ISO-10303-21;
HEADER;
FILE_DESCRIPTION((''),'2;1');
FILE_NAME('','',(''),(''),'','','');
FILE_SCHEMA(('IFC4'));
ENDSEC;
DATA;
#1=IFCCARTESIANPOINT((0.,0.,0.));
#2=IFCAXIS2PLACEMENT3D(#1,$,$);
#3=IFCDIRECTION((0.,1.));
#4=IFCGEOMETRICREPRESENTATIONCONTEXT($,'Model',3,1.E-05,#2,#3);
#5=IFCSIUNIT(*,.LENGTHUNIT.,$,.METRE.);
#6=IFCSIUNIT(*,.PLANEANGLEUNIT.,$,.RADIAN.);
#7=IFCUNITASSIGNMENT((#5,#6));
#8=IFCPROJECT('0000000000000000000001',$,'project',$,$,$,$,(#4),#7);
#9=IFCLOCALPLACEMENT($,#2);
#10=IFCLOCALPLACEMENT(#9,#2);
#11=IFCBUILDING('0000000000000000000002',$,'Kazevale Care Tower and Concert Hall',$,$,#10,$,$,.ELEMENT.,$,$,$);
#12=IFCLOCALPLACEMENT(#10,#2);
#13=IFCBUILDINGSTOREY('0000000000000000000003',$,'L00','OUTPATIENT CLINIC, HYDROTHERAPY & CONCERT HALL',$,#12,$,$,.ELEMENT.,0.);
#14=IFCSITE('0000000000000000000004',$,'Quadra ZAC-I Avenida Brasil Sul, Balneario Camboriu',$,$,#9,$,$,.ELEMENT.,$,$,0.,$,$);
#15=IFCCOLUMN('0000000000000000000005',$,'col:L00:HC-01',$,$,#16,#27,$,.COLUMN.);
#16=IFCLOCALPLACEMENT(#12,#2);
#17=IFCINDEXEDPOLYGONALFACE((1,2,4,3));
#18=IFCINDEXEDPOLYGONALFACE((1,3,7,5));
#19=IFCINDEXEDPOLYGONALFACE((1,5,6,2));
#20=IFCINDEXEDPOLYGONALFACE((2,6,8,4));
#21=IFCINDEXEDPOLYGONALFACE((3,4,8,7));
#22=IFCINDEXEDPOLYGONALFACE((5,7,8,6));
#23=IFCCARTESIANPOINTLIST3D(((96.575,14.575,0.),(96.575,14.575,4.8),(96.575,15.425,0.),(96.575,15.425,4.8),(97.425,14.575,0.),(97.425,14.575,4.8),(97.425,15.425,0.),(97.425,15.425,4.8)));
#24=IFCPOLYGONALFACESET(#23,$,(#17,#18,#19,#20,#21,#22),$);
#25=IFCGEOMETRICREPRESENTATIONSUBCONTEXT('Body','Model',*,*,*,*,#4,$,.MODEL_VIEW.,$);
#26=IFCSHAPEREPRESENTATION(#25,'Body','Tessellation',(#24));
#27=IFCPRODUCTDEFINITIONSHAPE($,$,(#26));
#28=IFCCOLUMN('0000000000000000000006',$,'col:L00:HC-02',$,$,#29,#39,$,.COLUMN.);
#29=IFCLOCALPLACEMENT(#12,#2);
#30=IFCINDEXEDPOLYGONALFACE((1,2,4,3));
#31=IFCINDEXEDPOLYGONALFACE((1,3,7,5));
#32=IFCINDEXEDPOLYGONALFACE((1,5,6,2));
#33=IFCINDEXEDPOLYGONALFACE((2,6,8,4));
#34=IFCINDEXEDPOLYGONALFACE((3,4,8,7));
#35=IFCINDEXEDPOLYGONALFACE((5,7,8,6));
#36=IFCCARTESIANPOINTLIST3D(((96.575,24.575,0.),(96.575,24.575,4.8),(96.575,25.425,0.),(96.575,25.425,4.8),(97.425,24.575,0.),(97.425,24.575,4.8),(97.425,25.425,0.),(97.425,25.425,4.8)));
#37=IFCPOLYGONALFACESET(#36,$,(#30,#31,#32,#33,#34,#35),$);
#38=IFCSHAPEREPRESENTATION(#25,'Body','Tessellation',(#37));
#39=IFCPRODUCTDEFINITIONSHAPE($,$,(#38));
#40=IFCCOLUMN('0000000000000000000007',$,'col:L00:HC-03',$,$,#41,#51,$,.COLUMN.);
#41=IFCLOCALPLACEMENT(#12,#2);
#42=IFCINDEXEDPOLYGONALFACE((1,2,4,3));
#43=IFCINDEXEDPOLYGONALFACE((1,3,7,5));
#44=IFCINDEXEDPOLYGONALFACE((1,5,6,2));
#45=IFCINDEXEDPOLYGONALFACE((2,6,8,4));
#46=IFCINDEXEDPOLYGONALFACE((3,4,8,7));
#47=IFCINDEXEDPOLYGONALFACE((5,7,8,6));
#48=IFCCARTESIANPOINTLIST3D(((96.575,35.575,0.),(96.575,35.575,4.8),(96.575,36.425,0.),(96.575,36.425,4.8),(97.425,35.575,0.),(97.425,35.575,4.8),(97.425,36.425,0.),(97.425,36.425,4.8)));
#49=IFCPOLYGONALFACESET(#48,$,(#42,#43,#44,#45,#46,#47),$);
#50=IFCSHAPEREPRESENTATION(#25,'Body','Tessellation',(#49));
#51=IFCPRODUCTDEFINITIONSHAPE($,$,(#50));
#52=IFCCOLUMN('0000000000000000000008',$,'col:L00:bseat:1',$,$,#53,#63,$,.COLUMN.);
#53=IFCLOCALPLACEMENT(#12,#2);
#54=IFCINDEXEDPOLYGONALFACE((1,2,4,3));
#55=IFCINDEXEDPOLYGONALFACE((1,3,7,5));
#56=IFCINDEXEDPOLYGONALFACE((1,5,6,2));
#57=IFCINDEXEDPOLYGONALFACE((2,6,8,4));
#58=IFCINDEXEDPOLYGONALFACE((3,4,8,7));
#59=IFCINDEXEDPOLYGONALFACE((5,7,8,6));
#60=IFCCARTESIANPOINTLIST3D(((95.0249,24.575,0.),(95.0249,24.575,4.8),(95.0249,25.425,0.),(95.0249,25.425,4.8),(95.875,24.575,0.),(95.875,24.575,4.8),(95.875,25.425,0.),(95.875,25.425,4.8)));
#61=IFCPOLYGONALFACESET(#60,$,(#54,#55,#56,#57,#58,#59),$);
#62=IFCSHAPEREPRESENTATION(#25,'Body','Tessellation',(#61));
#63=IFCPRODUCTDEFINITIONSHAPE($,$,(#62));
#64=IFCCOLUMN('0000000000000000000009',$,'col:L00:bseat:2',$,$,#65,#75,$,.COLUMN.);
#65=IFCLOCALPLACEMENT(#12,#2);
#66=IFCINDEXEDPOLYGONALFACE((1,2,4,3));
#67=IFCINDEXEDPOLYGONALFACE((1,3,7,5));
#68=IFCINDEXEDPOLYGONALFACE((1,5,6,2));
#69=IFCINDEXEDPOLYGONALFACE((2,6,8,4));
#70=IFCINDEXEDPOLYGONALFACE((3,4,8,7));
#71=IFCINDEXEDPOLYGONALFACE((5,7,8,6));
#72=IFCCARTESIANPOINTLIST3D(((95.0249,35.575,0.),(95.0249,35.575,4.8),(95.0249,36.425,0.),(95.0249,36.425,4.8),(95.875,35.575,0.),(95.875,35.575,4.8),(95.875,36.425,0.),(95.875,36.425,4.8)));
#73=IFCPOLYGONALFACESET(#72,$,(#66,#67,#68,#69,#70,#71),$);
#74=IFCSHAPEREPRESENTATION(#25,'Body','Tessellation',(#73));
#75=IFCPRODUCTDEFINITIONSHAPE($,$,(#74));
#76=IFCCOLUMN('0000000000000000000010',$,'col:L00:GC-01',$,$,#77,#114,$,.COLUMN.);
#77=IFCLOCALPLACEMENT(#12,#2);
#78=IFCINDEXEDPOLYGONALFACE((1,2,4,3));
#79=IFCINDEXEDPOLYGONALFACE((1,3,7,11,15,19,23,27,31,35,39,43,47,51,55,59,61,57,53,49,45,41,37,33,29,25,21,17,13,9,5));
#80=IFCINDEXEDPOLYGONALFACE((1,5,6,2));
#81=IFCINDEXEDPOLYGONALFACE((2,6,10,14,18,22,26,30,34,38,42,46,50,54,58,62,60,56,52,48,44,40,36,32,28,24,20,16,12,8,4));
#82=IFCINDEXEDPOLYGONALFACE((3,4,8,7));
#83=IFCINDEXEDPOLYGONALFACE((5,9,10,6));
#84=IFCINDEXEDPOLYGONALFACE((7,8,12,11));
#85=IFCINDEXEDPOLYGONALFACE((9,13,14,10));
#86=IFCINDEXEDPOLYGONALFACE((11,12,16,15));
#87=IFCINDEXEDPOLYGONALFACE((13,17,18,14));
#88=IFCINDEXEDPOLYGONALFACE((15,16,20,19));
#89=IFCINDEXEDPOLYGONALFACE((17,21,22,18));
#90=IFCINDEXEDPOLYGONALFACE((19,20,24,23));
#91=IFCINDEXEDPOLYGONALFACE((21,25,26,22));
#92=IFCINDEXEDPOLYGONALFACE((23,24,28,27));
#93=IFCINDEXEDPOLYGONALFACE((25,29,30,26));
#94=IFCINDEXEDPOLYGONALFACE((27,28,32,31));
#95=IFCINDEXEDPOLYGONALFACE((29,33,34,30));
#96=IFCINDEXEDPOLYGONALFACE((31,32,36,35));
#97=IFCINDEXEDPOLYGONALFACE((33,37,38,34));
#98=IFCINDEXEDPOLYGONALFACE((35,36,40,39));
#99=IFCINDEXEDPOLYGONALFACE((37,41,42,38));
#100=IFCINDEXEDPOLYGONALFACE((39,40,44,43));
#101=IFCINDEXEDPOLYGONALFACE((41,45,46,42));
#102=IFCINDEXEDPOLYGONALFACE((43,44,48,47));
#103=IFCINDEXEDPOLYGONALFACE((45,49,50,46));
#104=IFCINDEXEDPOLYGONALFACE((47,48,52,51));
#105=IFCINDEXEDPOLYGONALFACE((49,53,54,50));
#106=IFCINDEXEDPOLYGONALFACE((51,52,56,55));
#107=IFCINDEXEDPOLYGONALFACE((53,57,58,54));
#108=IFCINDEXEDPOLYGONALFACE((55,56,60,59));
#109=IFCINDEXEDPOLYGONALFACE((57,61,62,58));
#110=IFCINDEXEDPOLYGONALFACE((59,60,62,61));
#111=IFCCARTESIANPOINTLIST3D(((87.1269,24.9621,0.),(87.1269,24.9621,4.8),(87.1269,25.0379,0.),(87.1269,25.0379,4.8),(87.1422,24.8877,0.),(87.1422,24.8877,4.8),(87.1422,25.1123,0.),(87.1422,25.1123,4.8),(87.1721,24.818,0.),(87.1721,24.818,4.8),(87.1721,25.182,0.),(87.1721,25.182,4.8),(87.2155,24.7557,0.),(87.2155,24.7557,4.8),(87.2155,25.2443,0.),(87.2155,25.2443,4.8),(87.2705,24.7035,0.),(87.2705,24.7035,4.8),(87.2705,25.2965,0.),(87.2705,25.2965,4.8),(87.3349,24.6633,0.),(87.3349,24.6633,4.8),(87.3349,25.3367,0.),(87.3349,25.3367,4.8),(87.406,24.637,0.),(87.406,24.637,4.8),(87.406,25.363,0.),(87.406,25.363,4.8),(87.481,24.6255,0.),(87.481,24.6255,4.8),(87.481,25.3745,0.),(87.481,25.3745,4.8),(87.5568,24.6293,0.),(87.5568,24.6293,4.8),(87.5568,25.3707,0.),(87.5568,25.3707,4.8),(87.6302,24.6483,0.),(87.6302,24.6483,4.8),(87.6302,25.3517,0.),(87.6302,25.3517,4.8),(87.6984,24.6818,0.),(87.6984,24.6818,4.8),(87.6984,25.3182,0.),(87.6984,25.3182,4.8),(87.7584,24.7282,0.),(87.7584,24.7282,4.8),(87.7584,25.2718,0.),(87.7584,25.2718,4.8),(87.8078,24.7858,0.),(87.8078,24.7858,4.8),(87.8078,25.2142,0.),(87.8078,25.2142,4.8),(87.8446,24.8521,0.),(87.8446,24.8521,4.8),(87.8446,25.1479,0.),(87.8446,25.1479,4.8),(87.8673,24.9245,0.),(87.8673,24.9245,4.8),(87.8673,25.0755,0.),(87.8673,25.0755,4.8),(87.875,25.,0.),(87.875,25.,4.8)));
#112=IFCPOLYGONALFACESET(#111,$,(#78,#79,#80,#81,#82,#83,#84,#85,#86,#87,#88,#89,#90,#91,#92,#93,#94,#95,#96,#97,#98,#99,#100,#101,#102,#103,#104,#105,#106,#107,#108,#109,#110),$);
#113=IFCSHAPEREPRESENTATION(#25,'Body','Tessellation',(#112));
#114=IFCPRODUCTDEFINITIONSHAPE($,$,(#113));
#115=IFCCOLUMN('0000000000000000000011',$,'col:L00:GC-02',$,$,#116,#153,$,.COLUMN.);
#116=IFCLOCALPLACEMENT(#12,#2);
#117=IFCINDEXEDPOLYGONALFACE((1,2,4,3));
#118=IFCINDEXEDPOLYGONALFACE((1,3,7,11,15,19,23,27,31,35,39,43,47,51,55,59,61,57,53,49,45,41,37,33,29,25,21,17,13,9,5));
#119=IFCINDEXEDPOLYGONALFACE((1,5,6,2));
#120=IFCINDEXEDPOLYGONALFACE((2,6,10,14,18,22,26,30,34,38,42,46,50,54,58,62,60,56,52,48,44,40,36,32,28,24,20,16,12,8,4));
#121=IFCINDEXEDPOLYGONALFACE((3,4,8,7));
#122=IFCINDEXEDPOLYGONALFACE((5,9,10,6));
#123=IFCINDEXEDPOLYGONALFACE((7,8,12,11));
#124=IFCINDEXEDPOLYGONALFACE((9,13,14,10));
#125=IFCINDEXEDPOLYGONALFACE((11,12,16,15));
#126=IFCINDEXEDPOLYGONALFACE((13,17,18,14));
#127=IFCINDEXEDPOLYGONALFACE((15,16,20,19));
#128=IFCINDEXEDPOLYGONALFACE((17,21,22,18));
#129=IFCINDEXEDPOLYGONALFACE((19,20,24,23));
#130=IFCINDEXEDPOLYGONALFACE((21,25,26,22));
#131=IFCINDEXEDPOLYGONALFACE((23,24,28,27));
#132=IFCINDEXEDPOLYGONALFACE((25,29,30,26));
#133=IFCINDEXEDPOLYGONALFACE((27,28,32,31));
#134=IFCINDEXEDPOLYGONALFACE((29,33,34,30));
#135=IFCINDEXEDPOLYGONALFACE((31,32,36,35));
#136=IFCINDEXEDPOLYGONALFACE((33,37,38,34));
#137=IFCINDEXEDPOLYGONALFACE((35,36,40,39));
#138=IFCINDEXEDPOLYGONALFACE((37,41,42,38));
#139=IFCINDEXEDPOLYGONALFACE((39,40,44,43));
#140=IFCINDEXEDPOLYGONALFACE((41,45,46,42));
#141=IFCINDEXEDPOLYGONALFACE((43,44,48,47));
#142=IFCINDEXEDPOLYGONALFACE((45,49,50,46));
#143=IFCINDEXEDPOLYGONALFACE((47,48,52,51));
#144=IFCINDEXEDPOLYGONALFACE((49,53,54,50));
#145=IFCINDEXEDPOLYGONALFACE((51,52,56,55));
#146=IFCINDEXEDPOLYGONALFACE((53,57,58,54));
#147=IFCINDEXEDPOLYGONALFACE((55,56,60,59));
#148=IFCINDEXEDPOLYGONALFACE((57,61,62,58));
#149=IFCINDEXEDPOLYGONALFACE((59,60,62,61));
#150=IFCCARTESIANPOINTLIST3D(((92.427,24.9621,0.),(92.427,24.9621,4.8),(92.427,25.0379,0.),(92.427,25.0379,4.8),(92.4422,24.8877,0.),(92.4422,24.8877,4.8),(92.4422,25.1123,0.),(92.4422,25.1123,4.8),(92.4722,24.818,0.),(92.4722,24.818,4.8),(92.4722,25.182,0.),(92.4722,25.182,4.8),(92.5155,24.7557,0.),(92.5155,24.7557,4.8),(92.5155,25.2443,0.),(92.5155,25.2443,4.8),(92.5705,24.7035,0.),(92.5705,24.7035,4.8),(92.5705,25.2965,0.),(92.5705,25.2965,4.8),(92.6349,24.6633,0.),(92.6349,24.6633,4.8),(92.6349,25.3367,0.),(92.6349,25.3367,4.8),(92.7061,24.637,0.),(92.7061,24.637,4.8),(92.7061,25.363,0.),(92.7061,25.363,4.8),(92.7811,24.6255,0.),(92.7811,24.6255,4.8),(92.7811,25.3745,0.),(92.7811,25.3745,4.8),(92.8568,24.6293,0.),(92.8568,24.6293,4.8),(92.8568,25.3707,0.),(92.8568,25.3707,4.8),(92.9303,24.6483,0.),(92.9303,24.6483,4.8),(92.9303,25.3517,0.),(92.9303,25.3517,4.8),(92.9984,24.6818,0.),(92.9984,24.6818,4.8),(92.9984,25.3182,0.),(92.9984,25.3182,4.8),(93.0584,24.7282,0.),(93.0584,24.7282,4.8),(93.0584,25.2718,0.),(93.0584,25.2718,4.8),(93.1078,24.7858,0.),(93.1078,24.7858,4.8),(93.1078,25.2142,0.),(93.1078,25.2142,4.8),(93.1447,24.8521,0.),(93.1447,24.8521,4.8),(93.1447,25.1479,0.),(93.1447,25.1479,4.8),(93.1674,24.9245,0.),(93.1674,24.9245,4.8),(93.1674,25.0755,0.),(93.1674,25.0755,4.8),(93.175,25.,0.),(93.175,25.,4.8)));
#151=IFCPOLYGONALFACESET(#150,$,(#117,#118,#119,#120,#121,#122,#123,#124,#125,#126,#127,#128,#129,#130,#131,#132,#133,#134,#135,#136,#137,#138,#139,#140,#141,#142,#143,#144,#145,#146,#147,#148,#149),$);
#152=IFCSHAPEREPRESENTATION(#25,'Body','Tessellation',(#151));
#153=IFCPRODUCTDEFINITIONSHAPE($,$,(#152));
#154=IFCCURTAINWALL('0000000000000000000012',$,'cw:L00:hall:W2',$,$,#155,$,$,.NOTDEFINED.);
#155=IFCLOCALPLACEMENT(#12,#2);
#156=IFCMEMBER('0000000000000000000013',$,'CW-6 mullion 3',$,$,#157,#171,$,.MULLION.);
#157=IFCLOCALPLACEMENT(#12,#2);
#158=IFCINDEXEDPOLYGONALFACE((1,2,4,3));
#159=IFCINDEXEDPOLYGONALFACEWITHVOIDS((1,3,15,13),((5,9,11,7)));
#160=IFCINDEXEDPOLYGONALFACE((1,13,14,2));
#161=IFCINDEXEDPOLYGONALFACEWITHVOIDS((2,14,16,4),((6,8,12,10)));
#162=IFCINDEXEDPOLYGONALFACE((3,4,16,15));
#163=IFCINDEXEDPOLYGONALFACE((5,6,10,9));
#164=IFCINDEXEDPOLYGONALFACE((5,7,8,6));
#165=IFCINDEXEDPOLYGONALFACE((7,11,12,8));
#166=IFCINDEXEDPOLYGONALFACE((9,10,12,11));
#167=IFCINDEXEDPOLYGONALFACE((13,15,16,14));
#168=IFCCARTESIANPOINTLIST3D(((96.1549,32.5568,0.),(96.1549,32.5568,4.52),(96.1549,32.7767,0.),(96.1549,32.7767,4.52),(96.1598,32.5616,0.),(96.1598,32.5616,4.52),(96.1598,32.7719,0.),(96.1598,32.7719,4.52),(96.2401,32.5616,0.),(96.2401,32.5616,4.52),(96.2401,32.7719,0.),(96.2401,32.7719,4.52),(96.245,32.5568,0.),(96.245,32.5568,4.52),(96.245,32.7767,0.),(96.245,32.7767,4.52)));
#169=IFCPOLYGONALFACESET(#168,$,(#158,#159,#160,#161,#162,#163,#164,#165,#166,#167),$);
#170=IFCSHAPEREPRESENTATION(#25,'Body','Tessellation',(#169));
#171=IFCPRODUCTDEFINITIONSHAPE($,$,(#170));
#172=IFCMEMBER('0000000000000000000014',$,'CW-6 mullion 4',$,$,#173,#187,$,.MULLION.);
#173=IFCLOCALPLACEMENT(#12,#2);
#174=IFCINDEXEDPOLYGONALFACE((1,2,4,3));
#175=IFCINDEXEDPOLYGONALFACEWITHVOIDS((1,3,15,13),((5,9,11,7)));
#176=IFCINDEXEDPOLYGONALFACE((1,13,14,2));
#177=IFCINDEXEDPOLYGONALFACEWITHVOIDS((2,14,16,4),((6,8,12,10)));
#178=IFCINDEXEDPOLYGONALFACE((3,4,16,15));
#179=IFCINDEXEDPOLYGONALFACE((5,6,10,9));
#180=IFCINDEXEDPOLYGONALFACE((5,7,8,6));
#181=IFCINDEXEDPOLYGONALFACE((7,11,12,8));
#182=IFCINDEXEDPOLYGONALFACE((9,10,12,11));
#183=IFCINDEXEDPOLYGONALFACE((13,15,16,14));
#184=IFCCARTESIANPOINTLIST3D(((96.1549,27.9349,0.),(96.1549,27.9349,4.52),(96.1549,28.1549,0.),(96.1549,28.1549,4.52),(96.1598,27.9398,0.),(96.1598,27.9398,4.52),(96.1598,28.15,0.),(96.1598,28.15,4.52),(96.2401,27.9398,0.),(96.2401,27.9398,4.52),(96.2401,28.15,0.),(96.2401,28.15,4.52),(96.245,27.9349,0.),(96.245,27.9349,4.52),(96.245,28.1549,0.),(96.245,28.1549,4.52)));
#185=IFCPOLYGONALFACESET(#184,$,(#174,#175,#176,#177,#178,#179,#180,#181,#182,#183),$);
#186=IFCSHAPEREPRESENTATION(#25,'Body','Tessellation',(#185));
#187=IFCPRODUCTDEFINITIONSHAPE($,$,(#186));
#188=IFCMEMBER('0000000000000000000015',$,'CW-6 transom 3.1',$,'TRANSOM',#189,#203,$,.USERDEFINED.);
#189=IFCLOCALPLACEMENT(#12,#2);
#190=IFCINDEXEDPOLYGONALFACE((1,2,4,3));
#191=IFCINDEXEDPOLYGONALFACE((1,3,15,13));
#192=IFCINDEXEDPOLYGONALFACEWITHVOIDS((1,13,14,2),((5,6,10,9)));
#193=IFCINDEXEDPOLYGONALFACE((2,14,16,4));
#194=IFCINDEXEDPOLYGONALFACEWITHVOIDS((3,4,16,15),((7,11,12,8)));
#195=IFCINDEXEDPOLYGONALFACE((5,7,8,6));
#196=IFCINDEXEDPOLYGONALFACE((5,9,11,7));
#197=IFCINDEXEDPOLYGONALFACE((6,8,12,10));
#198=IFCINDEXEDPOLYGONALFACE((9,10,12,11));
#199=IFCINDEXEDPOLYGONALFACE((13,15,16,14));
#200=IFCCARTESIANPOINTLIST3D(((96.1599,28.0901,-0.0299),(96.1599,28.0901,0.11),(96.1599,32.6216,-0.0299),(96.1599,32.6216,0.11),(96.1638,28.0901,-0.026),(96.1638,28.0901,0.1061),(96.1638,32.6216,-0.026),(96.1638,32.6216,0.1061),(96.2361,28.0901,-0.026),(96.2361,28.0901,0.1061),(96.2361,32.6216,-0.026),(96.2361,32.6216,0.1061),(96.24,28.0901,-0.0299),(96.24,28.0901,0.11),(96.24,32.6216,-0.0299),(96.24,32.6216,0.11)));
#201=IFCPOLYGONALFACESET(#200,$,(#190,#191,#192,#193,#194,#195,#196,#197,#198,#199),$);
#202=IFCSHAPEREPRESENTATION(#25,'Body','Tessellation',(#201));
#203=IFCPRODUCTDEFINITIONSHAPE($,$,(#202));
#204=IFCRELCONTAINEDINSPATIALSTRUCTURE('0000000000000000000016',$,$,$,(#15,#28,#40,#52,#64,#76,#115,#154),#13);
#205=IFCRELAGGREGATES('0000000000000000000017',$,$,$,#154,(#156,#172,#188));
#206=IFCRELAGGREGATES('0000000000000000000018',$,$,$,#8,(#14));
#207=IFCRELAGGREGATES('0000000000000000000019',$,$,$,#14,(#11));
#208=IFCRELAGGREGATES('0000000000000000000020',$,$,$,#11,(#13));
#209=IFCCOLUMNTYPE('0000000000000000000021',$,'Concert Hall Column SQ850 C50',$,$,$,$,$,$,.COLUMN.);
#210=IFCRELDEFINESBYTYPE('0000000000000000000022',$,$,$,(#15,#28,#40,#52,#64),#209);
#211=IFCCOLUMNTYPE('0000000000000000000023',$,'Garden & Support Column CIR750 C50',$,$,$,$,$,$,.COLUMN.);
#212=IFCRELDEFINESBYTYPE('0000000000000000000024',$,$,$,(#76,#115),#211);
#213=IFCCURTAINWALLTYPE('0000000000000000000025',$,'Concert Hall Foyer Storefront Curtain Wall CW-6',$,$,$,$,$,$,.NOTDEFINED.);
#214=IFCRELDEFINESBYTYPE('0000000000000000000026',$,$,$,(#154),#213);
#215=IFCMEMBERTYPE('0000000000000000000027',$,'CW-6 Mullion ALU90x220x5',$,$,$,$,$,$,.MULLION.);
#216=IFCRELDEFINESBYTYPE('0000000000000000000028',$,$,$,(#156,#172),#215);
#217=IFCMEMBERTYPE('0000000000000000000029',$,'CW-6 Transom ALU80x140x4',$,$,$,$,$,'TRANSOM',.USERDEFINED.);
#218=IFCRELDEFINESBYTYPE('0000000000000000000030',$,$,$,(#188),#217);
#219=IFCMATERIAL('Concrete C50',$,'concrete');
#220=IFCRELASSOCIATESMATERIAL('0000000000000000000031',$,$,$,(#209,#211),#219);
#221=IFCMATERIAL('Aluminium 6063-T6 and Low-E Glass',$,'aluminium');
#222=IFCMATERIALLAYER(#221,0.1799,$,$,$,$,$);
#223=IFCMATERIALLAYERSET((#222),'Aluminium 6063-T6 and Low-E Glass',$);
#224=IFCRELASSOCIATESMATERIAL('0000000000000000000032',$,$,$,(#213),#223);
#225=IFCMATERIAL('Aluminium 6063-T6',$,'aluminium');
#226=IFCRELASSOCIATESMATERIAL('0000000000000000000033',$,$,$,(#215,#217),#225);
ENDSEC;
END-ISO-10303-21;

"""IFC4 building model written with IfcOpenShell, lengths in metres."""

from ifc_helpers import new_model, si_unit, direction, frame, origin, origin_2d, place, context, subcontext, project, spatial, rectangle, hollow_rectangle, circle, extrude, material, layer, layer_set, material_profile, profile_set, type_object, element, aggregate, save


model = new_model("IFC4")

# Units and contexts
model_context = context("Model", 3, precision=1e-05, world=origin(), true_north=direction((0.0, 1.0)))
body_context = subcontext(model_context, "Body", "Model", "MODEL_VIEW")
ifc_project = project(units=[si_unit("LENGTHUNIT", "METRE"), si_unit("PLANEANGLEUNIT", "RADIAN")], contexts=[model_context])

# Site, building, storey
site_placement = place(None, origin())
site = spatial("IfcSite", under=ifc_project, at=site_placement, Name="Quadra ZAC-I Avenida Brasil Sul, Balneario Camboriu", CompositionType="ELEMENT", RefElevation=0.0)
building_placement = place(site_placement, origin())
building = spatial("IfcBuilding", under=site, at=building_placement, Name="Kazevale Care Tower and Concert Hall", CompositionType="ELEMENT")
storey_placement = place(building_placement, origin())
storey = spatial("IfcBuildingStorey", under=building, at=storey_placement, Name="L00", Description="OUTPATIENT CLINIC, HYDROTHERAPY & CONCERT HALL", CompositionType="ELEMENT", Elevation=0.0)

# Columns
ifc_material_1 = material(Name="Concrete C50", Category="concrete")
ifc_material_profile_1 = material_profile(ifc_material_1, rectangle(XDim=0.8501, YDim=0.8501, at=origin_2d()), Name="RC-SQ850")
ifc_profile_set_1 = profile_set([ifc_material_profile_1], Name="Concrete C50")
column_type_1 = type_object("IfcColumnType", Name="Concert Hall Column SQ850 C50", PredefinedType="COLUMN", material=ifc_profile_set_1)
for number, where, z_axis, x_axis, name in (
    (1, (97.0, 15.0, 0.0), (0.0, 0.0, 1.0), (1.0, 0.0, 0.0), "col:L00:HC-01"),
    (2, (97.0, 25.0, 0.0), (0.0, 0.0, 1.0), (1.0, 0.0, 0.0), "col:L00:HC-02"),
    (3, (97.0, 36.0, 0.0), (0.0, 0.0, 1.0), (1.0, 0.0, 0.0), "col:L00:HC-03"),
    (4, (95.45, 25.0, 0.0), (0.0, 0.0, 1.0), (1.0, 0.0, 0.0), "col:L00:bseat:1"),
    (5, (95.45, 36.0, 0.0), (0.0, 0.0, 1.0), (1.0, 0.0, 0.0), "col:L00:bseat:2"),
):
    element("IfcColumn", number, at=place(storey_placement, frame(where, z_axis=z_axis, x_axis=x_axis)), inside=storey, type_object=column_type_1, Name=name, PredefinedType="COLUMN", context=body_context, shape_type="SweptSolid", body=[
        extrude(rectangle(XDim=0.8501, YDim=0.8501, at=origin_2d()), origin(), (0.0, 0.0, 1.0), 4.8),
    ])
ifc_material_profile_2 = material_profile(ifc_material_1, circle(Radius=0.375, at=origin_2d()), Name="RC-CIR750")
ifc_profile_set_2 = profile_set([ifc_material_profile_2], Name="Concrete C50")
column_type_2 = type_object("IfcColumnType", Name="Garden & Support Column CIR750 C50", PredefinedType="COLUMN", material=ifc_profile_set_2)
for number, where, z_axis, x_axis, name in (
    (6, (87.5, 25.0, 0.0), (0.0, 0.0, 1.0), (1.0, 0.0, 0.0), "col:L00:GC-01"),
    (7, (92.8, 25.0, 0.0), (0.0, 0.0, 1.0), (1.0, 0.0, 0.0), "col:L00:GC-02"),
):
    element("IfcColumn", number, at=place(storey_placement, frame(where, z_axis=z_axis, x_axis=x_axis)), inside=storey, type_object=column_type_2, Name=name, PredefinedType="COLUMN", context=body_context, shape_type="SweptSolid", body=[
        extrude(circle(Radius=0.375, at=origin_2d()), origin(), (0.0, 0.0, 1.0), 4.8),
    ])

# Curtain wall, members
ifc_material_2 = material(Name="Aluminium 6063-T6 and Low-E Glass", Category="aluminium")
ifc_layer_1 = layer(ifc_material_2, 0.1799)
ifc_layer_set_1 = layer_set([ifc_layer_1], Name="Aluminium 6063-T6 and Low-E Glass")
curtain_wall_type = type_object("IfcCurtainWallType", Name="Concert Hall Foyer Storefront Curtain Wall CW-6", PredefinedType="NOTDEFINED", material=ifc_layer_set_1)
curtain_wall_placement = place(storey_placement, origin())
curtain_wall = element("IfcCurtainWall", 8, at=curtain_wall_placement, inside=storey, type_object=curtain_wall_type, Name="cw:L00:hall:W2", PredefinedType="NOTDEFINED")
ifc_material_3 = material(Name="Aluminium 6063-T6", Category="aluminium")
ifc_material_profile_3 = material_profile(ifc_material_3, hollow_rectangle(XDim=0.0901, YDim=0.22, WallThickness=0.0049, at=origin_2d()), Name="ALU90x220x5")
ifc_profile_set_3 = profile_set([ifc_material_profile_3], Name="Aluminium 6063-T6")
member_type_1 = type_object("IfcMemberType", Name="CW-6 Mullion ALU90x220x5", PredefinedType="MULLION", material=ifc_profile_set_3)
member_1_placement = place(storey_placement, frame((96.2, 32.6667, 0.0), z_axis=(0.0, 0.0, 1.0), x_axis=(1.0, 0.0, 0.0)))
member_1 = element("IfcMember", 9, at=member_1_placement, type_object=member_type_1, Name="CW-6 mullion 3", PredefinedType="MULLION", context=body_context, shape_type="SweptSolid", body=[
    extrude(hollow_rectangle(XDim=0.0901, YDim=0.22, WallThickness=0.0049, at=origin_2d()), origin(), (0.0, 0.0, 1.0), 4.52),
])
member_2_placement = place(storey_placement, frame((96.2, 28.0449, 0.0), z_axis=(0.0, 0.0, 1.0), x_axis=(1.0, 0.0, 0.0)))
member_2 = element("IfcMember", 10, at=member_2_placement, type_object=member_type_1, Name="CW-6 mullion 4", PredefinedType="MULLION", context=body_context, shape_type="SweptSolid", body=[
    extrude(hollow_rectangle(XDim=0.0901, YDim=0.22, WallThickness=0.0049, at=origin_2d()), origin(), (0.0, 0.0, 1.0), 4.52),
])
ifc_material_profile_4 = material_profile(ifc_material_3, hollow_rectangle(XDim=0.0801, YDim=0.1399, WallThickness=0.0039, at=origin_2d()), Name="ALU80x140x4")
ifc_profile_set_4 = profile_set([ifc_material_profile_4], Name="Aluminium 6063-T6")
member_type_2 = type_object("IfcMemberType", Name="CW-6 Transom ALU80x140x4", ElementType="TRANSOM", PredefinedType="USERDEFINED", material=ifc_profile_set_4)
member_3_placement = place(storey_placement, frame((96.2, 32.6216, 0.04), z_axis=(0.0, -1.0, 0.0), x_axis=(1.0, 0.0, 0.0)))
member_3 = element("IfcMember", 11, at=member_3_placement, type_object=member_type_2, Name="CW-6 transom 3.1", ObjectType="TRANSOM", PredefinedType="USERDEFINED", context=body_context, shape_type="SweptSolid", body=[
    extrude(hollow_rectangle(XDim=0.0801, YDim=0.1399, WallThickness=0.0039, at=origin_2d()), origin(), (0.0, 0.0, 1.0), 4.5315),
])

aggregate(curtain_wall, [member_1, member_2, member_3])

save(model, "model.ifc")
